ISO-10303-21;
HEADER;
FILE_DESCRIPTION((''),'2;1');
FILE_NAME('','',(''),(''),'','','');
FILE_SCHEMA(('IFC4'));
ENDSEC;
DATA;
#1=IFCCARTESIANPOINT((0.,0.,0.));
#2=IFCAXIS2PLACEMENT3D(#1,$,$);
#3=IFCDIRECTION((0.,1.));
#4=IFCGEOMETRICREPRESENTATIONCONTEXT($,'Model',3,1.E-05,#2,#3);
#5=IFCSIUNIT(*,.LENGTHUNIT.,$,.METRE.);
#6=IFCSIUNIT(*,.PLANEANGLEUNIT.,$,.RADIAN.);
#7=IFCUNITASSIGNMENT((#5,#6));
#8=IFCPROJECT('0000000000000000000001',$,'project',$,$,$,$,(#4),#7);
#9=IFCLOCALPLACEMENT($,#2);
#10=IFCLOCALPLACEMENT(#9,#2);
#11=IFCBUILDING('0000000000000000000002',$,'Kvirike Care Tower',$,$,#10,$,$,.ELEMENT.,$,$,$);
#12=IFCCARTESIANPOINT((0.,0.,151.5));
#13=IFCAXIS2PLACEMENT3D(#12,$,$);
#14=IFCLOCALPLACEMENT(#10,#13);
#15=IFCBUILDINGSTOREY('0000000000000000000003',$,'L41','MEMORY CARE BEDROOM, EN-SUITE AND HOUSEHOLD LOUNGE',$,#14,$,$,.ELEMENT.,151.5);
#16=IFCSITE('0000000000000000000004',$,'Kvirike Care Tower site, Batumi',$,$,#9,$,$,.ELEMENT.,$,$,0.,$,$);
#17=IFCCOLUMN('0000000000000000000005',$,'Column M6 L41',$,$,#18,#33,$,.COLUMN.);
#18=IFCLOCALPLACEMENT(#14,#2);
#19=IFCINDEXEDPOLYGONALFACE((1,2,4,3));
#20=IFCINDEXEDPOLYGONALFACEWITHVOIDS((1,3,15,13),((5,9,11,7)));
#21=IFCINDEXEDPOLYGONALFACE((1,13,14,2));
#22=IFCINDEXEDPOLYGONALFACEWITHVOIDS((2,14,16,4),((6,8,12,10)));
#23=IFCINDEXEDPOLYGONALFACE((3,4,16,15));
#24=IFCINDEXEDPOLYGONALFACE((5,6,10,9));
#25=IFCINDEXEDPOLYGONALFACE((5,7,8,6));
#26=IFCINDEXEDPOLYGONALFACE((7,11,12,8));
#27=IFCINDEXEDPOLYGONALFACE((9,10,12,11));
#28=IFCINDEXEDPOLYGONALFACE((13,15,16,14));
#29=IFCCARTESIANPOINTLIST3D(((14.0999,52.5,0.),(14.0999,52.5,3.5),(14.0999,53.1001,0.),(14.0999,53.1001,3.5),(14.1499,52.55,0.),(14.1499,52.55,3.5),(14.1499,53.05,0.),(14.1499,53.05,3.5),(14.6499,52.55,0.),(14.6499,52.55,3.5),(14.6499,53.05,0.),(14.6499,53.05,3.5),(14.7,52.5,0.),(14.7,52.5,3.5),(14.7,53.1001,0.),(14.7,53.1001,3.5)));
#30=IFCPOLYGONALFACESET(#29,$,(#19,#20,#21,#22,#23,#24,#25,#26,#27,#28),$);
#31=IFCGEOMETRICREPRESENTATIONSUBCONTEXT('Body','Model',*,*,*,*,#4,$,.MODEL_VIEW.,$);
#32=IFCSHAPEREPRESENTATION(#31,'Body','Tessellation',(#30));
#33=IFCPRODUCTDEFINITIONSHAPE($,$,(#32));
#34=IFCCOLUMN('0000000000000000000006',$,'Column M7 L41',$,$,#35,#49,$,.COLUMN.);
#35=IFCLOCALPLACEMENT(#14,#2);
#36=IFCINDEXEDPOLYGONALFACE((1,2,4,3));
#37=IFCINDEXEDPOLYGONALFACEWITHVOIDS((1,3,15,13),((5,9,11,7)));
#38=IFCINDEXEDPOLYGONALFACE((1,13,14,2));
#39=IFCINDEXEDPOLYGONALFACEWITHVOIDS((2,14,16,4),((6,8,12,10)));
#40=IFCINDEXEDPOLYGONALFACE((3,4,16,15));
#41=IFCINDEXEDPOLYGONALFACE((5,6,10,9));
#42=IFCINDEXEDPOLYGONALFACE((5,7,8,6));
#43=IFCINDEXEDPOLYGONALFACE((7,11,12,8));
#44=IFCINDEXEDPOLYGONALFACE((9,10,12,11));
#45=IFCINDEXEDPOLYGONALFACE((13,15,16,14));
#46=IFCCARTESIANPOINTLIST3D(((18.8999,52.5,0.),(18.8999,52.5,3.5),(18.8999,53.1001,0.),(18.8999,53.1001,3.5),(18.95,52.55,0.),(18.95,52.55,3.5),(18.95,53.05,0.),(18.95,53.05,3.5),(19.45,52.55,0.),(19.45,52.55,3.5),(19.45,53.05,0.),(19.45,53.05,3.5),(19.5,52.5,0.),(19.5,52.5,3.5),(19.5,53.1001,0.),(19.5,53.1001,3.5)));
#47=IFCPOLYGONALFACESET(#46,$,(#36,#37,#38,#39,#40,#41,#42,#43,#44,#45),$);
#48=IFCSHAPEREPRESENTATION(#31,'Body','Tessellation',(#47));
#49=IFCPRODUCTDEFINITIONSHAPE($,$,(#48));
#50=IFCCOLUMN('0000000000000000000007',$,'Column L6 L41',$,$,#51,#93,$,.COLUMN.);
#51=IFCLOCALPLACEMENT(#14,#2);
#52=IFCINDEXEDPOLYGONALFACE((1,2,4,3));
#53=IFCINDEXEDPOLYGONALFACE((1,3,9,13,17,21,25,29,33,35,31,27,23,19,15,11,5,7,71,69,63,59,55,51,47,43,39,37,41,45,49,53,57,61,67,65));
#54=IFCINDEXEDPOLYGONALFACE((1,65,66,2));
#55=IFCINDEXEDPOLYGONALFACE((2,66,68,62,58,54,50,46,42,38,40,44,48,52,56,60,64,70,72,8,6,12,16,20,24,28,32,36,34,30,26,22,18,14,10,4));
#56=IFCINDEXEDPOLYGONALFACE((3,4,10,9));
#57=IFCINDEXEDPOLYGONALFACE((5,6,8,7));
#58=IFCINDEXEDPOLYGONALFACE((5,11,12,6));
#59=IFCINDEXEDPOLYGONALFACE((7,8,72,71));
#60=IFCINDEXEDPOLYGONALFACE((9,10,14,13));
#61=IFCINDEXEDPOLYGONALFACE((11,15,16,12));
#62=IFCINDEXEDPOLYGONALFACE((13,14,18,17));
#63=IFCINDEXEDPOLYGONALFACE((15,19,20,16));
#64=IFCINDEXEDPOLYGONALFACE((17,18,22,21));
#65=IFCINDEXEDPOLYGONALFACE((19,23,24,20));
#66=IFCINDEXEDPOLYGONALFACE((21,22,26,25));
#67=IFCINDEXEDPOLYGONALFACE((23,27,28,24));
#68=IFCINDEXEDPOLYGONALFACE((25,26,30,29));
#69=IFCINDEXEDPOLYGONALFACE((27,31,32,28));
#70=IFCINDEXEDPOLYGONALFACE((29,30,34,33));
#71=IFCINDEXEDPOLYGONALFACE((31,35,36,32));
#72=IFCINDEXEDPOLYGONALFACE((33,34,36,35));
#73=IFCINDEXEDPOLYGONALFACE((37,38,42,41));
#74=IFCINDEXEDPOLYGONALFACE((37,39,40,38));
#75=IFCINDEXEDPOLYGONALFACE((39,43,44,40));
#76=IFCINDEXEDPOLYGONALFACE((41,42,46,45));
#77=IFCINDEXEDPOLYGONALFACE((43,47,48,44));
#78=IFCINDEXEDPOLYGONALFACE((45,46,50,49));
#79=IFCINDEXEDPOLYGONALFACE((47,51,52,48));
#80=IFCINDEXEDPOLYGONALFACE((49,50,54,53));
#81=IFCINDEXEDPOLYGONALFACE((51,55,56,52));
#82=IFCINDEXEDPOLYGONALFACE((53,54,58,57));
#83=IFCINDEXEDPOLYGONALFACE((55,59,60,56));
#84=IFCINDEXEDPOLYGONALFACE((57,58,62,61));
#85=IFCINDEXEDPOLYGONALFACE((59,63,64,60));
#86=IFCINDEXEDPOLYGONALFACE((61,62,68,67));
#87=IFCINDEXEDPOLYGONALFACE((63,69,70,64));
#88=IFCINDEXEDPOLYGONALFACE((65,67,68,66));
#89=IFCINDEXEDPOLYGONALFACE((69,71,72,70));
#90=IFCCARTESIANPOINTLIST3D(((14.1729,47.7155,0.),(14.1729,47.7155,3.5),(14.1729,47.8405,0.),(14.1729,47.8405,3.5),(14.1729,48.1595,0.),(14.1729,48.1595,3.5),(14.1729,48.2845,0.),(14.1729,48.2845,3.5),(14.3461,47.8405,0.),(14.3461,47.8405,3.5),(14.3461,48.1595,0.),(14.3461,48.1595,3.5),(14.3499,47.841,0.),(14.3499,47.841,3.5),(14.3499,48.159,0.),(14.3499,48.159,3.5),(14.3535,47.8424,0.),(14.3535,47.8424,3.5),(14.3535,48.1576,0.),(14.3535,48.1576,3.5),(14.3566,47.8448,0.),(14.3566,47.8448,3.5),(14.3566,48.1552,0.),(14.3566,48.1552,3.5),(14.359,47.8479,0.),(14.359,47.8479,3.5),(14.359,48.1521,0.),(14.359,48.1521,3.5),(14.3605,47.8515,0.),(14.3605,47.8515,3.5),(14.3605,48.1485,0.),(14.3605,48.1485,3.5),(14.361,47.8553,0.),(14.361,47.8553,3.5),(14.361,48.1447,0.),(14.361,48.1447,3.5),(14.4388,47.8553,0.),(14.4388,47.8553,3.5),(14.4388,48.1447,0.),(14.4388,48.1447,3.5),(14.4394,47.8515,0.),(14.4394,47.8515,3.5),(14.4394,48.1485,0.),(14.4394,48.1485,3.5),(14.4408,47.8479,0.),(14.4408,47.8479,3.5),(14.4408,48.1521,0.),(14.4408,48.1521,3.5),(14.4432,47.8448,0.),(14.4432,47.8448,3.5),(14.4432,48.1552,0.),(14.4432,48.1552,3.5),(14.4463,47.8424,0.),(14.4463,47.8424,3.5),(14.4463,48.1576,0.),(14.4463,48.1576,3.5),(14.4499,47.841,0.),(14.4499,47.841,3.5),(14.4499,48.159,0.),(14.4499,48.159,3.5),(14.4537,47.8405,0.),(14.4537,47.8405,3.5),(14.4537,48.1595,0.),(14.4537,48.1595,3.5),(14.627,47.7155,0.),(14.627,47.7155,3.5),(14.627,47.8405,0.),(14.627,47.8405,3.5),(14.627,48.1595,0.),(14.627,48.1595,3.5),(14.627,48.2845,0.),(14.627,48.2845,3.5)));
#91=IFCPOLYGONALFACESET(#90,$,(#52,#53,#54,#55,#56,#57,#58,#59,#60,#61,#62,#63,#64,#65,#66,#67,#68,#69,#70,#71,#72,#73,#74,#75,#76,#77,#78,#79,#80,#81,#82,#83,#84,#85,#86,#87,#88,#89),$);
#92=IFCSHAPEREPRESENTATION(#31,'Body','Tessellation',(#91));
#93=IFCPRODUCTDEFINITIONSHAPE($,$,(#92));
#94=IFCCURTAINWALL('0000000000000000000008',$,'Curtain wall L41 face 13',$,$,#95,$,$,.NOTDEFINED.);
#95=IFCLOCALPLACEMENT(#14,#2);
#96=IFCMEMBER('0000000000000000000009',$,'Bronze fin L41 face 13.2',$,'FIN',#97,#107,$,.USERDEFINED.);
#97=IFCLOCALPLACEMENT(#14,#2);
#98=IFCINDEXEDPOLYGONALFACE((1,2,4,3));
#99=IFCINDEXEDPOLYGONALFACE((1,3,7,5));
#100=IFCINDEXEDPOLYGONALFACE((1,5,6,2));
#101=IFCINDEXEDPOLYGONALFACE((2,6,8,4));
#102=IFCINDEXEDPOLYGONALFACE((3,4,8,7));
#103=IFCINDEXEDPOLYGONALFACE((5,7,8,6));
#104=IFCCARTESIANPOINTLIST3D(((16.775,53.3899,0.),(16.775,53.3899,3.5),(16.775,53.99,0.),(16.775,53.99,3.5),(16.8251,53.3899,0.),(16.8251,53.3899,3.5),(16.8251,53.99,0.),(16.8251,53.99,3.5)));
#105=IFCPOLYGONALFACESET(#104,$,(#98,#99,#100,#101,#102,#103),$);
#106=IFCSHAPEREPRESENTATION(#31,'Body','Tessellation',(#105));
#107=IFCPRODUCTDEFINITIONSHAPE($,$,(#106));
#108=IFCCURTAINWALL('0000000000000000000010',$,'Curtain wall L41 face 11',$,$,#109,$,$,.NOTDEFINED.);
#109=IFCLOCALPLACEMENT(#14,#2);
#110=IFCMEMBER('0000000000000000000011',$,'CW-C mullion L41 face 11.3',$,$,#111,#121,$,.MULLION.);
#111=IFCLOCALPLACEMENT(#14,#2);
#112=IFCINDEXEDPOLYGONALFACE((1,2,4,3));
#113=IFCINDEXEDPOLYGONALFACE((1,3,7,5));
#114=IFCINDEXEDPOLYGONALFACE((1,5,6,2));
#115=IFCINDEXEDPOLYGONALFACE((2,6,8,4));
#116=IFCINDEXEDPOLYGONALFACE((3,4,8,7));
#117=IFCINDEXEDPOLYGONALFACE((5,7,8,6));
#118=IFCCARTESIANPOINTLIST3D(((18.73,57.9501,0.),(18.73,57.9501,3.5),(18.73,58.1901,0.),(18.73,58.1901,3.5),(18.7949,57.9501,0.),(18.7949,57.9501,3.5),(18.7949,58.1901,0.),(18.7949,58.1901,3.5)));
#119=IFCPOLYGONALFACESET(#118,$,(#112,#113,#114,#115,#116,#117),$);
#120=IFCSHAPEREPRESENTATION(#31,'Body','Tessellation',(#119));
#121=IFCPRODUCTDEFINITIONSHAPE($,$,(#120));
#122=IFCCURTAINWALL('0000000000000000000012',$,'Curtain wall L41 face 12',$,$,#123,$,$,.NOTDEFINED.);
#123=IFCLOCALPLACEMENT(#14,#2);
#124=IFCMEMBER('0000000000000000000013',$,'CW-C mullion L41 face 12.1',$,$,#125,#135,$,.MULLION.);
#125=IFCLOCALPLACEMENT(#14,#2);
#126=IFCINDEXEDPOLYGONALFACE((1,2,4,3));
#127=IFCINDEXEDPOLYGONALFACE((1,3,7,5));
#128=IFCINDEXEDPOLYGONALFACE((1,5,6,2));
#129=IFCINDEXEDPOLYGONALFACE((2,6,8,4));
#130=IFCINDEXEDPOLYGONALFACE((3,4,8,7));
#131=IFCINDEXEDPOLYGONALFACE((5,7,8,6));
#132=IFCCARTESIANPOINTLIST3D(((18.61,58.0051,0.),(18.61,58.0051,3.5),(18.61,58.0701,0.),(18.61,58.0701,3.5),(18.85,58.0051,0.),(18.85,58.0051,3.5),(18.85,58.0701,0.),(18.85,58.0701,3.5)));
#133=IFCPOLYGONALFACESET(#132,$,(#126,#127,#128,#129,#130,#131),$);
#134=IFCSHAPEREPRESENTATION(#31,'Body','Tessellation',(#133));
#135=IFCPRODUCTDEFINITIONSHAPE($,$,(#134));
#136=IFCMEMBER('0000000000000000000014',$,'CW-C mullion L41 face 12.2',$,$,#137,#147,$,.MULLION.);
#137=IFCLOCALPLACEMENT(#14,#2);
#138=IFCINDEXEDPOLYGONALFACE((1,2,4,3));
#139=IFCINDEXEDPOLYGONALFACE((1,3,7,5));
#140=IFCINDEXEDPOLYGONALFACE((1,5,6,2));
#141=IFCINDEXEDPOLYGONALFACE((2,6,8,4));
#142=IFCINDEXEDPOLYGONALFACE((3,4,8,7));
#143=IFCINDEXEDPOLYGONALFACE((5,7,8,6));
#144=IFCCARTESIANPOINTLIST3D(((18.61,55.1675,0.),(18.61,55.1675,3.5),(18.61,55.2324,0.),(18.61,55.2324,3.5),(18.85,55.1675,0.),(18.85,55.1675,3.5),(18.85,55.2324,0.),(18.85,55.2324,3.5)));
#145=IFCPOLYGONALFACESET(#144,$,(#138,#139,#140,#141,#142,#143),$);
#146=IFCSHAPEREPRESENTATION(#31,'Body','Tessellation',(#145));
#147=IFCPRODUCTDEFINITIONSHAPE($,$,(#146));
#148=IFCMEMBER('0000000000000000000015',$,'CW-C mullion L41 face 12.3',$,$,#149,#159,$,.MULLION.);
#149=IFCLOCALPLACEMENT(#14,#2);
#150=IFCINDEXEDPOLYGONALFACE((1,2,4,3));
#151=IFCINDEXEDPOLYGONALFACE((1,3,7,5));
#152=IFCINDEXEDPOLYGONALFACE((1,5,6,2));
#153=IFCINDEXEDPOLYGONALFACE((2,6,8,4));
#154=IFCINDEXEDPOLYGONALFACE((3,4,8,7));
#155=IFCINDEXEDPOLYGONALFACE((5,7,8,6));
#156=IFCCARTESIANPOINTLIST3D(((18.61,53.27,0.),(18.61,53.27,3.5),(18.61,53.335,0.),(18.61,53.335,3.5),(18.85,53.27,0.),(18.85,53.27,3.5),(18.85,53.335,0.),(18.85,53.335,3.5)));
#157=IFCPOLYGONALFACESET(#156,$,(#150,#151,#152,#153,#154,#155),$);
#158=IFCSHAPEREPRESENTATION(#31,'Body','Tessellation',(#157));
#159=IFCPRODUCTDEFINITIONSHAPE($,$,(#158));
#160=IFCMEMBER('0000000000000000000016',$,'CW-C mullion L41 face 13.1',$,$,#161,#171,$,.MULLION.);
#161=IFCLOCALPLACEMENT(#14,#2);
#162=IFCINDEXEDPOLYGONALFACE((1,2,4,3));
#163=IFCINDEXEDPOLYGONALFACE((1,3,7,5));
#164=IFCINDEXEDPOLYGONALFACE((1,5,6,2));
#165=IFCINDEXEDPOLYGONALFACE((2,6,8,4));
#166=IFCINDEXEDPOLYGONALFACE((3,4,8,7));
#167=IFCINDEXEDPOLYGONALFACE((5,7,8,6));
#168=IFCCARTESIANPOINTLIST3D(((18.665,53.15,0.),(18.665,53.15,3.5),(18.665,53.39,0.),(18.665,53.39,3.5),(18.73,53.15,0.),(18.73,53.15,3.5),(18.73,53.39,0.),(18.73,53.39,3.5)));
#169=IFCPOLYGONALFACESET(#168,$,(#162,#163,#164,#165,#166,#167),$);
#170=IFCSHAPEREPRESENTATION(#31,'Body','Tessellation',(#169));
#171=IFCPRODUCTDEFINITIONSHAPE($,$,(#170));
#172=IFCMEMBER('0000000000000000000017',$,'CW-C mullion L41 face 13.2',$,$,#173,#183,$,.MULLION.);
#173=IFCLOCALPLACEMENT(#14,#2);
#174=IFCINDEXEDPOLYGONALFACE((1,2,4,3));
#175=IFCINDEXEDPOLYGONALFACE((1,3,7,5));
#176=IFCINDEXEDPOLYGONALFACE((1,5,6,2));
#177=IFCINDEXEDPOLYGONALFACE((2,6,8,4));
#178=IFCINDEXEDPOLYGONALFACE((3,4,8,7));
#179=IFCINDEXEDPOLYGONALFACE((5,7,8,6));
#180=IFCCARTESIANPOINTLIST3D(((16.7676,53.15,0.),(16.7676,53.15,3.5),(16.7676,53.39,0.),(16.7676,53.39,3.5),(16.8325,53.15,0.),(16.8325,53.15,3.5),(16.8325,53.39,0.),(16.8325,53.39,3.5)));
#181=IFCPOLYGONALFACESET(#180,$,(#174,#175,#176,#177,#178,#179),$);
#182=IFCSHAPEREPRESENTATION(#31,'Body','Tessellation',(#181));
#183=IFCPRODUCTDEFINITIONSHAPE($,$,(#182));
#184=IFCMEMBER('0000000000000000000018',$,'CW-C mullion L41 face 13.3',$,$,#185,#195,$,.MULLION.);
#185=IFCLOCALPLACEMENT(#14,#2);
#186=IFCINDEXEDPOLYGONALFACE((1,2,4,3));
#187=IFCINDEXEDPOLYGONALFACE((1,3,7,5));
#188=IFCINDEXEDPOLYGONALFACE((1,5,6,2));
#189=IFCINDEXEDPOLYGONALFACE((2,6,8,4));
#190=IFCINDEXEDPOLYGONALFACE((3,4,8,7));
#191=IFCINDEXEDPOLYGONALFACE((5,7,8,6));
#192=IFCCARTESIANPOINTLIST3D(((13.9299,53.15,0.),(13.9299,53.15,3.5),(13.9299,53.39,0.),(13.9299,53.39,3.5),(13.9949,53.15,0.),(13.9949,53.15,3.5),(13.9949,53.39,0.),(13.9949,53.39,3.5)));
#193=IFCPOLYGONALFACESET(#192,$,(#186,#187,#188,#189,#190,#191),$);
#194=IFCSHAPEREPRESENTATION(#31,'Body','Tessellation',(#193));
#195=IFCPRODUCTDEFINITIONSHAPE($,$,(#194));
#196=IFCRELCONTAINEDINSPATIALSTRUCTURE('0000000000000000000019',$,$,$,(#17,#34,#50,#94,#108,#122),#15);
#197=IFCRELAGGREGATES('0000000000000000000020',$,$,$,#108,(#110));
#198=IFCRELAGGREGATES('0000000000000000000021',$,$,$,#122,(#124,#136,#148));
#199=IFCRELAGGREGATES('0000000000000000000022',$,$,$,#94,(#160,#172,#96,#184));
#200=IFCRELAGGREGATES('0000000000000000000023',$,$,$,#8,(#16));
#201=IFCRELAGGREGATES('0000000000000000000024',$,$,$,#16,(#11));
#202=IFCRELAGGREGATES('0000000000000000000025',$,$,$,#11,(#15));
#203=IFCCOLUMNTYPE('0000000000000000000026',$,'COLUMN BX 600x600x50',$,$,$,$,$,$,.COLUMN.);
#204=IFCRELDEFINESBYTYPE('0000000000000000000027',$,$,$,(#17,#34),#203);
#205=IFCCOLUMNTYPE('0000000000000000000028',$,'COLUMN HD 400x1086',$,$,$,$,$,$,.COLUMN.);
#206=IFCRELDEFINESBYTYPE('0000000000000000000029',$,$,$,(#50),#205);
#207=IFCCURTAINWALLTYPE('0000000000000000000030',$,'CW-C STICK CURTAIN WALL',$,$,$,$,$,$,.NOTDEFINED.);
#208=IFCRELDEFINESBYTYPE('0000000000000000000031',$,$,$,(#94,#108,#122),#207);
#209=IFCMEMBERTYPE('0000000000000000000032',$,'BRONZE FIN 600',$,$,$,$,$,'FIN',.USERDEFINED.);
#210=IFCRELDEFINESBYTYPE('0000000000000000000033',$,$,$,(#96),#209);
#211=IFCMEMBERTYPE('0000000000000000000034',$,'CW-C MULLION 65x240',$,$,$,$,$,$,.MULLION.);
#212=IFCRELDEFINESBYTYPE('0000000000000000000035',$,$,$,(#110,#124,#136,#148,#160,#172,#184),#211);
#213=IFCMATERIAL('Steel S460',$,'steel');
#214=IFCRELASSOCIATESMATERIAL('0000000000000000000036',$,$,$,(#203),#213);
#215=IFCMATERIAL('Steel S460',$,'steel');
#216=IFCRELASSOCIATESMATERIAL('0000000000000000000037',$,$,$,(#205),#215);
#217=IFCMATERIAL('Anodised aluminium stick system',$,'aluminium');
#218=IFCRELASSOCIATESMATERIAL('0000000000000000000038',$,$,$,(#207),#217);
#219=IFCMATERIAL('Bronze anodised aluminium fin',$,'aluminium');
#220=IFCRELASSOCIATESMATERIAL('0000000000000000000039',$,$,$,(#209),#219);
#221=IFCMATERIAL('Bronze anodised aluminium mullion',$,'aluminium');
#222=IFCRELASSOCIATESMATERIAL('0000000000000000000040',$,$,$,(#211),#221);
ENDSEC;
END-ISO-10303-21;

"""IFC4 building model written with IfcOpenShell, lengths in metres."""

from ifc_helpers import new_model, si_unit, direction, frame, origin, origin_2d, place, context, subcontext, project, spatial, rectangle, hollow_rectangle, i_section, extrude, material, material_profile, profile_set, type_object, element, aggregate, save


model = new_model("IFC4")

# Units and contexts
model_context = context("Model", 3, precision=1e-05, world=origin(), true_north=direction((0.0, 1.0)))
body_context = subcontext(model_context, "Body", "Model", "MODEL_VIEW")
ifc_project = project(units=[si_unit("LENGTHUNIT", "METRE"), si_unit("PLANEANGLEUNIT", "RADIAN")], contexts=[model_context])

# Site, building, storey
site_placement = place(None, origin())
site = spatial("IfcSite", under=ifc_project, at=site_placement, Name="Kvirike Care Tower site, Batumi", CompositionType="ELEMENT", RefElevation=0.0)
building_placement = place(site_placement, origin())
building = spatial("IfcBuilding", under=site, at=building_placement, Name="Kvirike Care Tower", CompositionType="ELEMENT")
storey_placement = place(building_placement, frame((0.0, 0.0, 151.5)))
storey = spatial("IfcBuildingStorey", under=building, at=storey_placement, Name="L41", Description="MEMORY CARE BEDROOM, EN-SUITE AND HOUSEHOLD LOUNGE", CompositionType="ELEMENT", Elevation=151.5)

# Columns
ifc_material_1 = material(Name="Steel S460", Category="steel")
ifc_material_profile_1 = material_profile(ifc_material_1, hollow_rectangle(XDim=0.6001, YDim=0.6001, WallThickness=0.05, at=origin_2d()), Name="BX 600x600x50")
ifc_profile_set_1 = profile_set([ifc_material_profile_1], Name="Steel S460")
column_type_1 = type_object("IfcColumnType", Name="COLUMN BX 600x600x50", PredefinedType="COLUMN", material=ifc_profile_set_1)
for number, where, z_axis, x_axis, name in (
    (1, (14.3999, 52.8, 0.0), (0.0, 0.0, 1.0), (0.0, 1.0, 0.0), "Column M6 L41"),
    (2, (19.2, 52.8, 0.0), (0.0, 0.0, 1.0), (0.0, 1.0, 0.0), "Column M7 L41"),
):
    element("IfcColumn", number, at=place(storey_placement, frame(where, z_axis=z_axis, x_axis=x_axis)), inside=storey, type_object=column_type_1, Name=name, PredefinedType="COLUMN", context=body_context, shape_type="SweptSolid", body=[
        extrude(hollow_rectangle(XDim=0.6001, YDim=0.6001, WallThickness=0.05, at=origin_2d()), origin(), (0.0, 0.0, 1.0), 3.5),
    ])
ifc_material_2 = material(Name="Steel S460", Category="steel")
ifc_material_profile_2 = material_profile(ifc_material_2, i_section(OverallWidth=0.4541, OverallDepth=0.5691, WebThickness=0.0779, FlangeThickness=0.125, FilletRadius=0.0149, at=origin_2d()), Name="HD 400x1086")
ifc_profile_set_2 = profile_set([ifc_material_profile_2], Name="Steel S460")
column_type_2 = type_object("IfcColumnType", Name="COLUMN HD 400x1086", PredefinedType="COLUMN", material=ifc_profile_set_2)
column_placement = place(storey_placement, frame((14.3999, 48.0, 0.0), z_axis=(0.0, 0.0, 1.0), x_axis=(1.0, 0.0, 0.0)))
element("IfcColumn", 3, at=column_placement, inside=storey, type_object=column_type_2, Name="Column L6 L41", PredefinedType="COLUMN", context=body_context, shape_type="SweptSolid", body=[
    extrude(i_section(OverallWidth=0.4541, OverallDepth=0.5691, WebThickness=0.0779, FlangeThickness=0.125, FilletRadius=0.0149, at=origin_2d()), origin(), (0.0, 0.0, 1.0), 3.5),
])

# Curtain walls, members
ifc_material_3 = material(Name="Anodised aluminium stick system", Category="aluminium")
curtain_wall_type = type_object("IfcCurtainWallType", Name="CW-C STICK CURTAIN WALL", PredefinedType="NOTDEFINED", material=ifc_material_3)
curtain_wall_1_placement = place(storey_placement, origin())
curtain_wall_1 = element("IfcCurtainWall", 4, at=curtain_wall_1_placement, inside=storey, type_object=curtain_wall_type, Name="Curtain wall L41 face 13", PredefinedType="NOTDEFINED")
ifc_material_4 = material(Name="Bronze anodised aluminium fin", Category="aluminium")
ifc_material_profile_3 = material_profile(ifc_material_4, rectangle(XDim=0.05, YDim=0.6001, at=origin_2d()), Name="BRONZE FIN 600")
ifc_profile_set_3 = profile_set([ifc_material_profile_3], Name="Bronze anodised aluminium fin")
member_type_1 = type_object("IfcMemberType", Name="BRONZE FIN 600", ElementType="FIN", PredefinedType="USERDEFINED", material=ifc_profile_set_3)
member_1_placement = place(storey_placement, frame((16.8, 53.6899, 0.0), z_axis=(0.0, 0.0, 1.0), x_axis=(-1.0, 0.0, 0.0)))
member_1 = element("IfcMember", 5, at=member_1_placement, type_object=member_type_1, Name="Bronze fin L41 face 13.2", ObjectType="FIN", PredefinedType="USERDEFINED", context=body_context, shape_type="SweptSolid", body=[
    extrude(rectangle(XDim=0.05, YDim=0.6001, at=origin_2d()), origin(), (0.0, 0.0, 1.0), 3.5),
])
curtain_wall_2_placement = place(storey_placement, origin())
curtain_wall_2 = element("IfcCurtainWall", 6, at=curtain_wall_2_placement, inside=storey, type_object=curtain_wall_type, Name="Curtain wall L41 face 11", PredefinedType="NOTDEFINED")
ifc_material_5 = material(Name="Bronze anodised aluminium mullion", Category="aluminium")
ifc_material_profile_4 = material_profile(ifc_material_5, rectangle(XDim=0.0649, YDim=0.24, at=origin_2d()), Name="CW-C MULLION 65x240")
ifc_profile_set_4 = profile_set([ifc_material_profile_4], Name="Bronze anodised aluminium mullion")
member_type_2 = type_object("IfcMemberType", Name="CW-C MULLION 65x240", PredefinedType="MULLION", material=ifc_profile_set_4)
member_2_placement = place(storey_placement, frame((18.7625, 58.0701, 0.0), z_axis=(0.0, 0.0, 1.0), x_axis=(-1.0, 0.0, 0.0)))
member_2 = element("IfcMember", 7, at=member_2_placement, type_object=member_type_2, Name="CW-C mullion L41 face 11.3", PredefinedType="MULLION", context=body_context, shape_type="SweptSolid", body=[
    extrude(rectangle(XDim=0.0649, YDim=0.24, at=origin_2d()), origin(), (0.0, 0.0, 1.0), 3.5),
])
aggregate(curtain_wall_2, [member_2])

# Curtain wall, members
curtain_wall_3_placement = place(storey_placement, origin())
curtain_wall_3 = element("IfcCurtainWall", 8, at=curtain_wall_3_placement, inside=storey, type_object=curtain_wall_type, Name="Curtain wall L41 face 12", PredefinedType="NOTDEFINED")
member_3_placement = place(storey_placement, frame((18.73, 58.0376, 0.0), z_axis=(0.0, 0.0, 1.0), x_axis=(0.0, -1.0, 0.0)))
member_3 = element("IfcMember", 9, at=member_3_placement, type_object=member_type_2, Name="CW-C mullion L41 face 12.1", PredefinedType="MULLION", context=body_context, shape_type="SweptSolid", body=[
    extrude(rectangle(XDim=0.0649, YDim=0.24, at=origin_2d()), origin(), (0.0, 0.0, 1.0), 3.5),
])
member_4_placement = place(storey_placement, frame((18.73, 55.2, 0.0), z_axis=(0.0, 0.0, 1.0), x_axis=(0.0, -1.0, 0.0)))
member_4 = element("IfcMember", 10, at=member_4_placement, type_object=member_type_2, Name="CW-C mullion L41 face 12.2", PredefinedType="MULLION", context=body_context, shape_type="SweptSolid", body=[
    extrude(rectangle(XDim=0.0649, YDim=0.24, at=origin_2d()), origin(), (0.0, 0.0, 1.0), 3.5),
])
member_5_placement = place(storey_placement, frame((18.73, 53.3025, 0.0), z_axis=(0.0, 0.0, 1.0), x_axis=(0.0, -1.0, 0.0)))
member_5 = element("IfcMember", 11, at=member_5_placement, type_object=member_type_2, Name="CW-C mullion L41 face 12.3", PredefinedType="MULLION", context=body_context, shape_type="SweptSolid", body=[
    extrude(rectangle(XDim=0.0649, YDim=0.24, at=origin_2d()), origin(), (0.0, 0.0, 1.0), 3.5),
])

# Members
member_6_placement = place(storey_placement, frame((18.6975, 53.27, 0.0), z_axis=(0.0, 0.0, 1.0), x_axis=(-1.0, 0.0, 0.0)))
member_6 = element("IfcMember", 12, at=member_6_placement, type_object=member_type_2, Name="CW-C mullion L41 face 13.1", PredefinedType="MULLION", context=body_context, shape_type="SweptSolid", body=[
    extrude(rectangle(XDim=0.0649, YDim=0.24, at=origin_2d()), origin(), (0.0, 0.0, 1.0), 3.5),
])
member_7_placement = place(storey_placement, frame((16.8, 53.27, 0.0), z_axis=(0.0, 0.0, 1.0), x_axis=(-1.0, 0.0, 0.0)))
member_7 = element("IfcMember", 13, at=member_7_placement, type_object=member_type_2, Name="CW-C mullion L41 face 13.2", PredefinedType="MULLION", context=body_context, shape_type="SweptSolid", body=[
    extrude(rectangle(XDim=0.0649, YDim=0.24, at=origin_2d()), origin(), (0.0, 0.0, 1.0), 3.5),
])
member_8_placement = place(storey_placement, frame((13.9624, 53.27, 0.0), z_axis=(0.0, 0.0, 1.0), x_axis=(-1.0, 0.0, 0.0)))
member_8 = element("IfcMember", 14, at=member_8_placement, type_object=member_type_2, Name="CW-C mullion L41 face 13.3", PredefinedType="MULLION", context=body_context, shape_type="SweptSolid", body=[
    extrude(rectangle(XDim=0.0649, YDim=0.24, at=origin_2d()), origin(), (0.0, 0.0, 1.0), 3.5),
])

aggregate(curtain_wall_3, [member_3, member_4, member_5])
aggregate(curtain_wall_1, [member_6, member_7, member_1, member_8])

save(model, "model.ifc")
